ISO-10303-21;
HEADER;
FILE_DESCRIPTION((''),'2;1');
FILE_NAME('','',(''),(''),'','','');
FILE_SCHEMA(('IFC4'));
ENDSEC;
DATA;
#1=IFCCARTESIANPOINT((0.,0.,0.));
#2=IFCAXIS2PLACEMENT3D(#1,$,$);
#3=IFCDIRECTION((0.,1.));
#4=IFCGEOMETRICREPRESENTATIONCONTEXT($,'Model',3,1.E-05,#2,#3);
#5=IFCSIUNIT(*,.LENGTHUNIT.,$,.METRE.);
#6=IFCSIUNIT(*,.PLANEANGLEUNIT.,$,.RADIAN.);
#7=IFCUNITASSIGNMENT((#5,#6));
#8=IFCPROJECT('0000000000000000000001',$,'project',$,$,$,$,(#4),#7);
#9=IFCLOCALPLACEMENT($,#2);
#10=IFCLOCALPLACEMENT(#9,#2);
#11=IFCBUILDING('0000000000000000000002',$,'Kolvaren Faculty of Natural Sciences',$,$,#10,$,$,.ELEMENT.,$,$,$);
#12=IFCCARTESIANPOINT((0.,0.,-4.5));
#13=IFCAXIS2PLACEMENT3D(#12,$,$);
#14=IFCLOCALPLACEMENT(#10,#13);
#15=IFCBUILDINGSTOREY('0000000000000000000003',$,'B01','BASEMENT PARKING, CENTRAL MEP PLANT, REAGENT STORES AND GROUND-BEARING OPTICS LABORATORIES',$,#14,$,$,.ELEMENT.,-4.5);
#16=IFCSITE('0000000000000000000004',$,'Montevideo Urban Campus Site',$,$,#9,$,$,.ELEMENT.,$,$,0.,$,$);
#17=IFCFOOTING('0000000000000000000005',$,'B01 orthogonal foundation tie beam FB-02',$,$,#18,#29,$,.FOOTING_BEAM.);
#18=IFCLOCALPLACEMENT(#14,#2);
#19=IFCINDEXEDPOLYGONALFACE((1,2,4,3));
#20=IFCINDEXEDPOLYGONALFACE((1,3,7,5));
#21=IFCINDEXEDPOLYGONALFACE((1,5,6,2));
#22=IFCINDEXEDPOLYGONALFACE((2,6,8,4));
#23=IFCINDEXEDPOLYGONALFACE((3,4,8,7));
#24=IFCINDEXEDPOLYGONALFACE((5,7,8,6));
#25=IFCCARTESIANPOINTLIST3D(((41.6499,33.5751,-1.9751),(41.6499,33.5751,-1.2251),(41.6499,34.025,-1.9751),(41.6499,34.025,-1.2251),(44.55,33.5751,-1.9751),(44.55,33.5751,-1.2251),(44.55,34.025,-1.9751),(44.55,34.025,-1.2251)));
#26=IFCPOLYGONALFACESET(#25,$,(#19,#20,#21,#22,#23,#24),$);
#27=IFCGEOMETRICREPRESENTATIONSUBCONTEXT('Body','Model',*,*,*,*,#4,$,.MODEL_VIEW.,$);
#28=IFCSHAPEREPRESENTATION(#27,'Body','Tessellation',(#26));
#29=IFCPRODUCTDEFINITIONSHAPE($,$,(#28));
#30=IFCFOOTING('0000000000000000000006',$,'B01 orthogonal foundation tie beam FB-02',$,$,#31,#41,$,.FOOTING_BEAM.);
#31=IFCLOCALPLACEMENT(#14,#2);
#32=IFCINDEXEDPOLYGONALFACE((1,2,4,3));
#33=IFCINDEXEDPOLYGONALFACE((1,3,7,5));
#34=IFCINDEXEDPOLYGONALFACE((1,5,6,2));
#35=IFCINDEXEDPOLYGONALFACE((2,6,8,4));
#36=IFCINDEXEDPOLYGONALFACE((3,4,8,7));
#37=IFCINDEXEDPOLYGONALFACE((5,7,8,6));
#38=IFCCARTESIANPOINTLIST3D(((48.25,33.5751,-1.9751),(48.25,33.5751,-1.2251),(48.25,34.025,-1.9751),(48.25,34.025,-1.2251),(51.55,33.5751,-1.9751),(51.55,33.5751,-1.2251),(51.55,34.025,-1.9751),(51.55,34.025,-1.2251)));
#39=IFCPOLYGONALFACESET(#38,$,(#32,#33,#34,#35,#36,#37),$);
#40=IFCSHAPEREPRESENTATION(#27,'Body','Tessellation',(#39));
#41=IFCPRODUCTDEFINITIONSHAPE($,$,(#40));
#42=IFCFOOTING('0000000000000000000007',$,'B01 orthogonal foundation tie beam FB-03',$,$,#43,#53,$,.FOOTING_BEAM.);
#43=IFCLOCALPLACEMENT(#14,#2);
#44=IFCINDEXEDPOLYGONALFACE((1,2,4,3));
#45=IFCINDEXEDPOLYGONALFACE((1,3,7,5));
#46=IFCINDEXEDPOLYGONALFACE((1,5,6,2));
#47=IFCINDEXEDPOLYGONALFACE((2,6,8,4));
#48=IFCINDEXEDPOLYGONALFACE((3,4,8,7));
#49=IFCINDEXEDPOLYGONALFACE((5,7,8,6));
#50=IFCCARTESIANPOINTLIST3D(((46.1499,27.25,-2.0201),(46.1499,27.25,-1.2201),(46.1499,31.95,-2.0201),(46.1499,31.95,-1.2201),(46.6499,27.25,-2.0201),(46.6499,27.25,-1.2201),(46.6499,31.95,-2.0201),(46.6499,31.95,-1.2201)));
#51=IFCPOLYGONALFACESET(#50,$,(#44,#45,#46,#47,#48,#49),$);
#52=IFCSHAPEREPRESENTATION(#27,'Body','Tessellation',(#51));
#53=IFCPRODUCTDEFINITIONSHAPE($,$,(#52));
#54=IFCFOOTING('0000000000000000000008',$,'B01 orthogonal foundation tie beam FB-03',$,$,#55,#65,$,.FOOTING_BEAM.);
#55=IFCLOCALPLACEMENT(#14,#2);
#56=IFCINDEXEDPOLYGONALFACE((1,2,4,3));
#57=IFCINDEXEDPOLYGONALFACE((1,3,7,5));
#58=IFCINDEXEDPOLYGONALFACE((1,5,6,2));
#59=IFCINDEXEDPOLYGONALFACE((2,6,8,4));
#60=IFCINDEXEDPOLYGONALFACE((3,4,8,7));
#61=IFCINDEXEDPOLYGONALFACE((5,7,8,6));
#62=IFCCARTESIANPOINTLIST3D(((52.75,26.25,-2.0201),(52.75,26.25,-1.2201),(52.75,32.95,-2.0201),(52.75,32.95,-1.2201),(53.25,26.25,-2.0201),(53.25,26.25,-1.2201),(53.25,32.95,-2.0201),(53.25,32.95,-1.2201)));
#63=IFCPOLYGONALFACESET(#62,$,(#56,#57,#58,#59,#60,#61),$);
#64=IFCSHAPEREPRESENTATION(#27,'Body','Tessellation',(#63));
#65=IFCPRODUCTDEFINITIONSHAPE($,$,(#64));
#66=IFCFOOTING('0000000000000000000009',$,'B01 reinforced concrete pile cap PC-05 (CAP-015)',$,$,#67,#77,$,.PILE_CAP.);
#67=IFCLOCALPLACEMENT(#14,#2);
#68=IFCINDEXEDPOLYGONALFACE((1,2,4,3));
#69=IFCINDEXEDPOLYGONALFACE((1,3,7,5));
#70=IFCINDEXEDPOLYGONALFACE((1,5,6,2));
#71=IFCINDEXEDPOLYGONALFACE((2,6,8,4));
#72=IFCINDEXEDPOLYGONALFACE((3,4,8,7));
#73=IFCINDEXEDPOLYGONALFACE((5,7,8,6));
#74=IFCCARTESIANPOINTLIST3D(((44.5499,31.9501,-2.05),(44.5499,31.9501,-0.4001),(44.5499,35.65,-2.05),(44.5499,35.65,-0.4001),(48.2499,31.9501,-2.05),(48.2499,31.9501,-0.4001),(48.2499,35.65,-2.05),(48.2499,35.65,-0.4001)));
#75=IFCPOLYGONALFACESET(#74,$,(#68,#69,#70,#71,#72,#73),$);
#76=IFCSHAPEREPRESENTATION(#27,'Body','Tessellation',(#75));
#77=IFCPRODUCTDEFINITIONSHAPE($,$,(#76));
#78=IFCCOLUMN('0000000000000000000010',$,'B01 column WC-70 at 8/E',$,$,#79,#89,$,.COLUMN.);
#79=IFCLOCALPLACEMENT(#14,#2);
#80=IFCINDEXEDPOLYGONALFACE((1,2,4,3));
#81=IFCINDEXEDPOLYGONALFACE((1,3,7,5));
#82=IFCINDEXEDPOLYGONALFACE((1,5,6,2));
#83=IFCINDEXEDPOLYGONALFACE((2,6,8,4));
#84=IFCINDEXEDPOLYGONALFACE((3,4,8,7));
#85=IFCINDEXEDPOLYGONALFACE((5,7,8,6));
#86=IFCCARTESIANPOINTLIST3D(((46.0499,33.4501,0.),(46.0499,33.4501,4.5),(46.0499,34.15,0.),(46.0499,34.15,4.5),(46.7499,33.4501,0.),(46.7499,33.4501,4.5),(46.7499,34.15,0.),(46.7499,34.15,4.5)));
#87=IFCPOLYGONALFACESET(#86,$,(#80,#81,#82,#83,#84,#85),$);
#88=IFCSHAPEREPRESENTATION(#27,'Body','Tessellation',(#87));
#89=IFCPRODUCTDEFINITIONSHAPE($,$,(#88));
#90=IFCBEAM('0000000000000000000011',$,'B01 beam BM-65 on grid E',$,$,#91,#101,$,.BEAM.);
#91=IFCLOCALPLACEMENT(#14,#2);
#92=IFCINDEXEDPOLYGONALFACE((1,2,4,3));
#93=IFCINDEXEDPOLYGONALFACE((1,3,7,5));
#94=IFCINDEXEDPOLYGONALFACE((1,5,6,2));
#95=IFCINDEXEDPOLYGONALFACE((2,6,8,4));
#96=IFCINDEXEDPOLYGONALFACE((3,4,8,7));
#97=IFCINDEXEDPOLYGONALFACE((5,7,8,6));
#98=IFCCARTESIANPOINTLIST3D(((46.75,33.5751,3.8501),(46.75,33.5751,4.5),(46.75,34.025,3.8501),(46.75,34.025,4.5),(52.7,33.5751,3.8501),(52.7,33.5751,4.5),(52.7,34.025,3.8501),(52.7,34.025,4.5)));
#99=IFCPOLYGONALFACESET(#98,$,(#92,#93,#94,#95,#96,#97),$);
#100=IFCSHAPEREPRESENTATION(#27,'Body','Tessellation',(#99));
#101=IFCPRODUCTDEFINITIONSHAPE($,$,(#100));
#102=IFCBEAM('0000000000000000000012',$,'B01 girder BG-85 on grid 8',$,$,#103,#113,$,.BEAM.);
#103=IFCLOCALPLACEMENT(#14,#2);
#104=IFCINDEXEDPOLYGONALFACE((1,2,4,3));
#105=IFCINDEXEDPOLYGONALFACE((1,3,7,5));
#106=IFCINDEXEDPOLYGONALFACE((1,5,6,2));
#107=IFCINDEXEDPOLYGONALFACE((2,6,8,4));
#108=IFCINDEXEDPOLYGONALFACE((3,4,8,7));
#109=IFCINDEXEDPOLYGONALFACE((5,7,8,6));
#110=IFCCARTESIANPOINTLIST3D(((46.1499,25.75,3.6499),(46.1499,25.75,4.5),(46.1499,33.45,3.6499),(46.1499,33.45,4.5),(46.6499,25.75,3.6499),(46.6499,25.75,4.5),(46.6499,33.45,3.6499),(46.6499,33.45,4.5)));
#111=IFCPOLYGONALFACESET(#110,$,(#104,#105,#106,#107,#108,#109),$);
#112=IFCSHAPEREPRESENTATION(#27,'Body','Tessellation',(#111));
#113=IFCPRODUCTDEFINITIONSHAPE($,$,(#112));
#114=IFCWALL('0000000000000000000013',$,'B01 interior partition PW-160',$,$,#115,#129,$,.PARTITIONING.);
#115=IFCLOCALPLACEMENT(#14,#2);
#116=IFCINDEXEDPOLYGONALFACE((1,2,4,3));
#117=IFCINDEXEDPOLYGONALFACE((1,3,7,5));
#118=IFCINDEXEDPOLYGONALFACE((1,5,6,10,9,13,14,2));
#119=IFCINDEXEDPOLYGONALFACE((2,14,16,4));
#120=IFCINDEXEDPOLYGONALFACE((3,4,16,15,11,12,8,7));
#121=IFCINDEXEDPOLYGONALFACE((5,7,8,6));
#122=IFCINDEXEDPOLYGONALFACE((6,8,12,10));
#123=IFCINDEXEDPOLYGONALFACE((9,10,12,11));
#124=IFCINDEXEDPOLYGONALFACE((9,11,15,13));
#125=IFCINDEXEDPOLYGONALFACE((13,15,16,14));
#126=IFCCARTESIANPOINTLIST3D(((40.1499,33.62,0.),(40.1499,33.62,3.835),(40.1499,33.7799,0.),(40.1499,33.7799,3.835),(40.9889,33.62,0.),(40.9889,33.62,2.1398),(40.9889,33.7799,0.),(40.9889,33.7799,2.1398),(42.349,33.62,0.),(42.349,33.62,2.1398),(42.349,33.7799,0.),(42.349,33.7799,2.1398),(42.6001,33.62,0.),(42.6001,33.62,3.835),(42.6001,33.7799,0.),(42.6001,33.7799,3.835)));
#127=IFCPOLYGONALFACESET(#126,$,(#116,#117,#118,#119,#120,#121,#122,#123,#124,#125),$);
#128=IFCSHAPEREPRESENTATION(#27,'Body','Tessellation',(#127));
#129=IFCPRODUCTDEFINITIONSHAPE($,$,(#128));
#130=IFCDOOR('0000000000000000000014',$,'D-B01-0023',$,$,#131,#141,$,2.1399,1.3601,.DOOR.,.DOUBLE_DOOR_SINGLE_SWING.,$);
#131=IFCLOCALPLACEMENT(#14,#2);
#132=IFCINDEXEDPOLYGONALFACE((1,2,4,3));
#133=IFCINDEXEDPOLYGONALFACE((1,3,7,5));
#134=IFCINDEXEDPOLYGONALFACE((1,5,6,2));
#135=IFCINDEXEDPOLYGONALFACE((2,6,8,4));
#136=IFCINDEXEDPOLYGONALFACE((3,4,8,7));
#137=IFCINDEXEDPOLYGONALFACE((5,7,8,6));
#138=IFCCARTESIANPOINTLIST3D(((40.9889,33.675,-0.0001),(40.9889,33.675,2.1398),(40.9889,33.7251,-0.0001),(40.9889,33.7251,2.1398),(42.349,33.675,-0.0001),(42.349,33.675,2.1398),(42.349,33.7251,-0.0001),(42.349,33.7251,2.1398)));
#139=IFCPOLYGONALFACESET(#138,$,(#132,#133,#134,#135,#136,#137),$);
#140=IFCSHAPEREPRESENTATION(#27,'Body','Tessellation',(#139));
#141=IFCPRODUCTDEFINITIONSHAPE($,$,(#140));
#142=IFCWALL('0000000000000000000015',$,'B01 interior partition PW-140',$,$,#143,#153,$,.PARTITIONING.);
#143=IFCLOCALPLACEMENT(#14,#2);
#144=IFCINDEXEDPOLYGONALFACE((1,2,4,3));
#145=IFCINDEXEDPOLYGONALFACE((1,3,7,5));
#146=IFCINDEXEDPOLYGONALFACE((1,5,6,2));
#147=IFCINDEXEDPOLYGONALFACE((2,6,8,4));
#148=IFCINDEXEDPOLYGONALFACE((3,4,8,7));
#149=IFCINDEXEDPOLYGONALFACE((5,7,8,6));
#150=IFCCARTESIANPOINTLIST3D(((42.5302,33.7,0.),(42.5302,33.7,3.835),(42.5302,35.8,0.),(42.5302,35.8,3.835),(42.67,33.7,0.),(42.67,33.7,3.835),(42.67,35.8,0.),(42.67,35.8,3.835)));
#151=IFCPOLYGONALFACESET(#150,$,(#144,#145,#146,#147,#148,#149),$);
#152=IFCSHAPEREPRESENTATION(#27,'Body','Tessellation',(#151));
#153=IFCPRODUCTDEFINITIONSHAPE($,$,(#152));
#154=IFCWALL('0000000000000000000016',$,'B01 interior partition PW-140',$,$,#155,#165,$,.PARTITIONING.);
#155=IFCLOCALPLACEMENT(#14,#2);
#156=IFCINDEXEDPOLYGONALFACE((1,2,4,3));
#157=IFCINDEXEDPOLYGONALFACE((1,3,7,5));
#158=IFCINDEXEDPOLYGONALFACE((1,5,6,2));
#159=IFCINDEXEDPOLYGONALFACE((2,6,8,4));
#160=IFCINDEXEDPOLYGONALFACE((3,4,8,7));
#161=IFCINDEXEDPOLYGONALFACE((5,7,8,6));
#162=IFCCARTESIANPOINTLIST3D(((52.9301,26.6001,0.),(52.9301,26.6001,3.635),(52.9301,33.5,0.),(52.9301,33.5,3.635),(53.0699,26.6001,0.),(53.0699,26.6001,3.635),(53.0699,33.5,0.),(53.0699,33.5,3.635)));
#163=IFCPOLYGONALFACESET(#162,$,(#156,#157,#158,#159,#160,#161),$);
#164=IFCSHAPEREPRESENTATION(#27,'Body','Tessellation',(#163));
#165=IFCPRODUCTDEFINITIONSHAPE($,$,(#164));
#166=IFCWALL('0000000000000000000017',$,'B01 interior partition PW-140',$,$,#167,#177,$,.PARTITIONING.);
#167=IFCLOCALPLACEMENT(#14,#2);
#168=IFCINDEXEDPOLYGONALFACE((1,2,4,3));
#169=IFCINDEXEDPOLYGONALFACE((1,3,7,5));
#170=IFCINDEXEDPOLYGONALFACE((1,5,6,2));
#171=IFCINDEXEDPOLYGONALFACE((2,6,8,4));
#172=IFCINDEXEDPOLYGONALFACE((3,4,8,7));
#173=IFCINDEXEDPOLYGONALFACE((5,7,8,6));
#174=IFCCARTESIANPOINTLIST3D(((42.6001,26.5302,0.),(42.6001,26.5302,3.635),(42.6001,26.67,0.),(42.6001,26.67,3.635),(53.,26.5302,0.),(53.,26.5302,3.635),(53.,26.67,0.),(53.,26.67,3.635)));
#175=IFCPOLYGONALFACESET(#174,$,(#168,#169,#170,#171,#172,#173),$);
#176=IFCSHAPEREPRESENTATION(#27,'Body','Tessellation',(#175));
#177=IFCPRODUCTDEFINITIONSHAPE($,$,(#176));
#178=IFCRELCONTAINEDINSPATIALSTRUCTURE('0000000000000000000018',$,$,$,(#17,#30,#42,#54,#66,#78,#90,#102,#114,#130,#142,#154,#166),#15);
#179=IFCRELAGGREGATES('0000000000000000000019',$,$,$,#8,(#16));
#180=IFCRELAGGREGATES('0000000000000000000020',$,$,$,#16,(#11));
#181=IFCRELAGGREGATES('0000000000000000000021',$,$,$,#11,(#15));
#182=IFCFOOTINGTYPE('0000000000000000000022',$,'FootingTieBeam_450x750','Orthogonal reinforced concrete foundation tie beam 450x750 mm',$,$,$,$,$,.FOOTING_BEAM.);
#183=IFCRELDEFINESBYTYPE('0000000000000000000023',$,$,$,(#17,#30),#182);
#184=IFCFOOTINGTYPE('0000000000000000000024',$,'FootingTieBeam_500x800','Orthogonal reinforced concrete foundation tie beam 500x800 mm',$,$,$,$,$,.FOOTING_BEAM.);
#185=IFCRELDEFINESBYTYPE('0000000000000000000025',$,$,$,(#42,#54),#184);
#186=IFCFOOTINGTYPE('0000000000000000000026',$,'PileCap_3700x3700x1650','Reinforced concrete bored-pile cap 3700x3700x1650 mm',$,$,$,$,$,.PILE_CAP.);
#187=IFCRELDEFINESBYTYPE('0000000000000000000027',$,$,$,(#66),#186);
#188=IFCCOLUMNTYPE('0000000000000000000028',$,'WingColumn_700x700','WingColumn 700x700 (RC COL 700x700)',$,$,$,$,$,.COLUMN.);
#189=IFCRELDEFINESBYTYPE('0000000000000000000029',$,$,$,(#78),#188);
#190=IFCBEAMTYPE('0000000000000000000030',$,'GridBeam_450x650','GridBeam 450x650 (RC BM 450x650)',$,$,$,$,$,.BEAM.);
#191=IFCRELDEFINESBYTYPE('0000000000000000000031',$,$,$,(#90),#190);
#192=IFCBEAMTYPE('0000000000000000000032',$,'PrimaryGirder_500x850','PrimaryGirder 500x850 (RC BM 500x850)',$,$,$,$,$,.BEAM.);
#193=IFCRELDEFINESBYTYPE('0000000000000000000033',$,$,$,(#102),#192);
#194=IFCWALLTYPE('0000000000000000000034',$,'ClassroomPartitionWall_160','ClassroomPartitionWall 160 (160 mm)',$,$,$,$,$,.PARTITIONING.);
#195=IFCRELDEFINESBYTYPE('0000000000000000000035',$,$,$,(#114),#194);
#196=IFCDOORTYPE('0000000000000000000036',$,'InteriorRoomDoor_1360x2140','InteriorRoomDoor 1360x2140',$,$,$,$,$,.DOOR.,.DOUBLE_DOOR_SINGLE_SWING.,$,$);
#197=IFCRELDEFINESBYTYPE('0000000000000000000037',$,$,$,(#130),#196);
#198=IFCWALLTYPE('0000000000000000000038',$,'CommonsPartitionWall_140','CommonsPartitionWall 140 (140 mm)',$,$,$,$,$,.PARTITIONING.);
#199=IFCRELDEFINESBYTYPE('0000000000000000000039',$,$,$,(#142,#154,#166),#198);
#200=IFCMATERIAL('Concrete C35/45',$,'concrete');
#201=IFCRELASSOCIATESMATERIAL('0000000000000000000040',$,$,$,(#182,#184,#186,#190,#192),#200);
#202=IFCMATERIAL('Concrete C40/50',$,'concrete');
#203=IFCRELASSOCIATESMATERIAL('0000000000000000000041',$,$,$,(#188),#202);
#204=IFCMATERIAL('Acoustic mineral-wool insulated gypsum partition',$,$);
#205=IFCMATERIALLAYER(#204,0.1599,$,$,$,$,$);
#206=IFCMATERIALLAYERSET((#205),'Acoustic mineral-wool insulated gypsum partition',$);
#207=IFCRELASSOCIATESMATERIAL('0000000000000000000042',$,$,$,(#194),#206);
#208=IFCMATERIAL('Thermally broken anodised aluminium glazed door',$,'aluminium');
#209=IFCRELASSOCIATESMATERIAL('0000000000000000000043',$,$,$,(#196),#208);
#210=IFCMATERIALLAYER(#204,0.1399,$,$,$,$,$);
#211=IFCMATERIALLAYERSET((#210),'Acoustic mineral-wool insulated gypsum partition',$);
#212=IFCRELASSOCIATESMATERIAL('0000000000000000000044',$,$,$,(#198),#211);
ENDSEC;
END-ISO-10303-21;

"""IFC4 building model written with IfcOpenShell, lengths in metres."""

from ifc_helpers import new_model, si_unit, direction, frame, frame_2d, origin, origin_2d, place, context, subcontext, project, spatial, rectangle, extrude, material, layer, layer_set, material_profile, profile_set, type_object, element, fill, save


model = new_model("IFC4")

# Units and contexts
model_context = context("Model", 3, precision=1e-05, world=origin(), true_north=direction((0.0, 1.0)))
body_context = subcontext(model_context, "Body", "Model", "MODEL_VIEW")
ifc_project = project(units=[si_unit("LENGTHUNIT", "METRE"), si_unit("PLANEANGLEUNIT", "RADIAN")], contexts=[model_context])

# Site, building, storey
site_placement = place(None, origin())
site = spatial("IfcSite", under=ifc_project, at=site_placement, Name="Montevideo Urban Campus Site", CompositionType="ELEMENT", RefElevation=0.0)
building_placement = place(site_placement, origin())
building = spatial("IfcBuilding", under=site, at=building_placement, Name="Kolvaren Faculty of Natural Sciences", CompositionType="ELEMENT")
storey_placement = place(building_placement, frame((0.0, 0.0, -4.5)))
storey = spatial("IfcBuildingStorey", under=building, at=storey_placement, Name="B01", Description="BASEMENT PARKING, CENTRAL MEP PLANT, REAGENT STORES AND GROUND-BEARING OPTICS LABORATORIES", CompositionType="ELEMENT", Elevation=-4.5)

# Shared definitions
ifc_material_1 = material(Name="Concrete C35/45", Category="concrete")

# Footings
ifc_material_profile_1 = material_profile(ifc_material_1, rectangle(XDim=0.45, YDim=0.75, at=origin_2d()), Name="RC FB 450x750")
ifc_profile_set_1 = profile_set([ifc_material_profile_1], Name="Concrete C35/45")
footing_type_1 = type_object("IfcFootingType", Name="FootingTieBeam_450x750", Description="Orthogonal reinforced concrete foundation tie beam 450x750 mm", PredefinedType="FOOTING_BEAM", material=ifc_profile_set_1)
footing_1_placement = place(storey_placement, frame((41.6499, 33.8, -1.6001), z_axis=(1.0, 0.0, 0.0), x_axis=(0.0, 1.0, 0.0)))
element("IfcFooting", 1, at=footing_1_placement, inside=storey, type_object=footing_type_1, Name="B01 orthogonal foundation tie beam FB-02", PredefinedType="FOOTING_BEAM", context=body_context, shape_type="SweptSolid", body=[
    extrude(rectangle(XDim=0.45, YDim=0.75, at=origin_2d()), origin(), (0.0, 0.0, 1.0), 2.9001),
])
footing_2_placement = place(storey_placement, frame((48.25, 33.8, -1.6001), z_axis=(1.0, 0.0, 0.0), x_axis=(0.0, 1.0, 0.0)))
element("IfcFooting", 2, at=footing_2_placement, inside=storey, type_object=footing_type_1, Name="B01 orthogonal foundation tie beam FB-02", PredefinedType="FOOTING_BEAM", context=body_context, shape_type="SweptSolid", body=[
    extrude(rectangle(XDim=0.45, YDim=0.75, at=origin_2d()), origin(), (0.0, 0.0, 1.0), 3.3),
])
ifc_material_profile_2 = material_profile(ifc_material_1, rectangle(XDim=0.5, YDim=0.8, at=origin_2d()), Name="RC FB 500x800")
ifc_profile_set_2 = profile_set([ifc_material_profile_2], Name="Concrete C35/45")
footing_type_2 = type_object("IfcFootingType", Name="FootingTieBeam_500x800", Description="Orthogonal reinforced concrete foundation tie beam 500x800 mm", PredefinedType="FOOTING_BEAM", material=ifc_profile_set_2)
footing_3_placement = place(storey_placement, frame((46.3999, 27.25, -1.6201), z_axis=(0.0, 1.0, 0.0), x_axis=(-1.0, 0.0, 0.0)))
element("IfcFooting", 3, at=footing_3_placement, inside=storey, type_object=footing_type_2, Name="B01 orthogonal foundation tie beam FB-03", PredefinedType="FOOTING_BEAM", context=body_context, shape_type="SweptSolid", body=[
    extrude(rectangle(XDim=0.5, YDim=0.8, at=origin_2d()), origin(), (0.0, 0.0, 1.0), 4.7),
])
footing_4_placement = place(storey_placement, frame((53.0, 26.25, -1.6201), z_axis=(0.0, 1.0, 0.0), x_axis=(-1.0, 0.0, 0.0)))
element("IfcFooting", 4, at=footing_4_placement, inside=storey, type_object=footing_type_2, Name="B01 orthogonal foundation tie beam FB-03", PredefinedType="FOOTING_BEAM", context=body_context, shape_type="SweptSolid", body=[
    extrude(rectangle(XDim=0.5, YDim=0.8, at=origin_2d()), origin(), (0.0, 0.0, 1.0), 6.7),
])
footing_type_3 = type_object("IfcFootingType", Name="PileCap_3700x3700x1650", Description="Reinforced concrete bored-pile cap 3700x3700x1650 mm", PredefinedType="PILE_CAP", material=ifc_material_1)
footing_5_placement = place(storey_placement, frame((46.3999, 33.8, -2.05), z_axis=(0.0, 0.0, 1.0), x_axis=(1.0, 0.0, 0.0)))
element("IfcFooting", 5, at=footing_5_placement, inside=storey, type_object=footing_type_3, Name="B01 reinforced concrete pile cap PC-05 (CAP-015)", PredefinedType="PILE_CAP", context=body_context, shape_type="SweptSolid", body=[
    extrude(rectangle(XDim=3.7, YDim=3.7, at=origin_2d()), origin(), (0.0, 0.0, 1.0), 1.6499),
])

# Column
ifc_material_2 = material(Name="Concrete C40/50", Category="concrete")
ifc_material_profile_3 = material_profile(ifc_material_2, rectangle(XDim=0.7, YDim=0.7, at=origin_2d()), Name="RC COL 700x700")
ifc_profile_set_3 = profile_set([ifc_material_profile_3], Name="Concrete C40/50")
column_type = type_object("IfcColumnType", Name="WingColumn_700x700", Description="WingColumn 700x700 (RC COL 700x700)", PredefinedType="COLUMN", material=ifc_profile_set_3)
column_placement = place(storey_placement, frame((46.3999, 33.8, 0.0), z_axis=(0.0, 0.0, 1.0), x_axis=(1.0, 0.0, 0.0)))
element("IfcColumn", 6, at=column_placement, inside=storey, type_object=column_type, Name="B01 column WC-70 at 8/E", PredefinedType="COLUMN", context=body_context, shape_type="SweptSolid", body=[
    extrude(rectangle(XDim=0.7, YDim=0.7, at=origin_2d()), origin(), (0.0, 0.0, 1.0), 4.5),
])

# Beams
ifc_material_profile_4 = material_profile(ifc_material_1, rectangle(XDim=0.45, YDim=0.6499, at=origin_2d()), Name="RC BM 450x650")
ifc_profile_set_4 = profile_set([ifc_material_profile_4], Name="Concrete C35/45")
beam_type_1 = type_object("IfcBeamType", Name="GridBeam_450x650", Description="GridBeam 450x650 (RC BM 450x650)", PredefinedType="BEAM", material=ifc_profile_set_4)
beam_1_placement = place(storey_placement, frame((46.75, 33.8, 4.175), z_axis=(1.0, 0.0, 0.0), x_axis=(0.0, 1.0, 0.0)))
element("IfcBeam", 7, at=beam_1_placement, inside=storey, type_object=beam_type_1, Name="B01 beam BM-65 on grid E", PredefinedType="BEAM", context=body_context, shape_type="SweptSolid", body=[
    extrude(rectangle(XDim=0.45, YDim=0.6499, at=origin_2d()), origin(), (0.0, 0.0, 1.0), 5.95),
])
ifc_material_profile_5 = material_profile(ifc_material_1, rectangle(XDim=0.5, YDim=0.8501, at=origin_2d()), Name="RC BM 500x850")
ifc_profile_set_5 = profile_set([ifc_material_profile_5], Name="Concrete C35/45")
beam_type_2 = type_object("IfcBeamType", Name="PrimaryGirder_500x850", Description="PrimaryGirder 500x850 (RC BM 500x850)", PredefinedType="BEAM", material=ifc_profile_set_5)
beam_2_placement = place(storey_placement, frame((46.3999, 25.75, 4.075), z_axis=(0.0, 1.0, 0.0), x_axis=(-1.0, 0.0, 0.0)))
element("IfcBeam", 8, at=beam_2_placement, inside=storey, type_object=beam_type_2, Name="B01 girder BG-85 on grid 8", PredefinedType="BEAM", context=body_context, shape_type="SweptSolid", body=[
    extrude(rectangle(XDim=0.5, YDim=0.8501, at=origin_2d()), origin(), (0.0, 0.0, 1.0), 7.7),
])

# Wall, opening, door
ifc_material_3 = material(Name="Acoustic mineral-wool insulated gypsum partition")
ifc_layer_1 = layer(ifc_material_3, 0.1599)
ifc_layer_set_1 = layer_set([ifc_layer_1], Name="Acoustic mineral-wool insulated gypsum partition")
wall_type_1 = type_object("IfcWallType", Name="ClassroomPartitionWall_160", Description="ClassroomPartitionWall 160 (160 mm)", PredefinedType="PARTITIONING", material=ifc_layer_set_1)
wall_1_placement = place(storey_placement, frame((42.6001, 33.7, 0.0), z_axis=(0.0, 0.0, 1.0), x_axis=(-1.0, 0.0, 0.0)))
wall_1 = element("IfcWall", 9, at=wall_1_placement, inside=storey, type_object=wall_type_1, Name="B01 interior partition PW-160", PredefinedType="PARTITIONING", context=body_context, shape_type="SweptSolid", body=[
    extrude(rectangle(XDim=2.4502, YDim=0.1599, at=frame_2d((1.2251, 0.0))), origin(), (0.0, 0.0, 1.0), 3.835),
])
opening_1_placement = place(wall_1_placement, frame((0.251, 0.0, 0.0)))
opening_1 = element("IfcOpeningElement", 10, at=opening_1_placement, cuts=wall_1, PredefinedType="OPENING", context=body_context, shape_type="SweptSolid", body=[
    extrude(rectangle(XDim=1.3601, YDim=2.1399, at=frame_2d((0.6802, 1.0698))), frame((0.0, 0.0898, 0.0), z_axis=(0.0, -1.0, 0.0), x_axis=(1.0, 0.0, 0.0)), (0.0, 0.0, 1.0), 0.1799),
])
ifc_material_4 = material(Name="Thermally broken anodised aluminium glazed door", Category="aluminium")
door_type_1 = type_object("IfcDoorType", Name="InteriorRoomDoor_1360x2140", Description="InteriorRoomDoor 1360x2140", OperationType="DOUBLE_DOOR_SINGLE_SWING", PredefinedType="DOOR", material=ifc_material_4)
door_1_placement = place(opening_1_placement, origin())
door_1 = element("IfcDoor", 11, at=door_1_placement, inside=storey, type_object=door_type_1, Name="D-B01-0023", OperationType="DOUBLE_DOOR_SINGLE_SWING", OverallHeight=2.1399, OverallWidth=1.3601, PredefinedType="DOOR", context=body_context, shape_type="SweptSolid", body=[
    extrude(rectangle(XDim=1.3601, YDim=2.1399, at=frame_2d((0.6802, 1.0698))), frame((0.0, 0.0249, 0.0), z_axis=(0.0, -1.0, 0.0), x_axis=(1.0, 0.0, 0.0)), (0.0, 0.0, 1.0), 0.05),
])
fill(opening_1, door_1)

# Walls
ifc_layer_2 = layer(ifc_material_3, 0.1399)
ifc_layer_set_2 = layer_set([ifc_layer_2], Name="Acoustic mineral-wool insulated gypsum partition")
wall_type_2 = type_object("IfcWallType", Name="CommonsPartitionWall_140", Description="CommonsPartitionWall 140 (140 mm)", PredefinedType="PARTITIONING", material=ifc_layer_set_2)
wall_2_placement = place(storey_placement, frame((42.6001, 33.7, 0.0), z_axis=(0.0, 0.0, 1.0), x_axis=(0.0, 1.0, 0.0)))
element("IfcWall", 12, at=wall_2_placement, inside=storey, type_object=wall_type_2, Name="B01 interior partition PW-140", PredefinedType="PARTITIONING", context=body_context, shape_type="SweptSolid", body=[
    extrude(rectangle(XDim=2.1001, YDim=0.1399, at=frame_2d((1.05, 0.0))), origin(), (0.0, 0.0, 1.0), 3.835),
])
wall_3_placement = place(storey_placement, frame((53.0, 33.5, 0.0), z_axis=(0.0, 0.0, 1.0), x_axis=(0.0, -1.0, 0.0)))
element("IfcWall", 13, at=wall_3_placement, inside=storey, type_object=wall_type_2, Name="B01 interior partition PW-140", PredefinedType="PARTITIONING", context=body_context, shape_type="SweptSolid", body=[
    extrude(rectangle(XDim=6.8999, YDim=0.1399, at=frame_2d((3.45, 0.0))), origin(), (0.0, 0.0, 1.0), 3.635),
])
wall_4_placement = place(storey_placement, frame((53.0, 26.6001, 0.0), z_axis=(0.0, 0.0, 1.0), x_axis=(-1.0, 0.0, 0.0)))
element("IfcWall", 14, at=wall_4_placement, inside=storey, type_object=wall_type_2, Name="B01 interior partition PW-140", PredefinedType="PARTITIONING", context=body_context, shape_type="SweptSolid", body=[
    extrude(rectangle(XDim=10.3999, YDim=0.1399, at=frame_2d((5.2, 0.0))), origin(), (0.0, 0.0, 1.0), 3.635),
])

save(model, "model.ifc")
